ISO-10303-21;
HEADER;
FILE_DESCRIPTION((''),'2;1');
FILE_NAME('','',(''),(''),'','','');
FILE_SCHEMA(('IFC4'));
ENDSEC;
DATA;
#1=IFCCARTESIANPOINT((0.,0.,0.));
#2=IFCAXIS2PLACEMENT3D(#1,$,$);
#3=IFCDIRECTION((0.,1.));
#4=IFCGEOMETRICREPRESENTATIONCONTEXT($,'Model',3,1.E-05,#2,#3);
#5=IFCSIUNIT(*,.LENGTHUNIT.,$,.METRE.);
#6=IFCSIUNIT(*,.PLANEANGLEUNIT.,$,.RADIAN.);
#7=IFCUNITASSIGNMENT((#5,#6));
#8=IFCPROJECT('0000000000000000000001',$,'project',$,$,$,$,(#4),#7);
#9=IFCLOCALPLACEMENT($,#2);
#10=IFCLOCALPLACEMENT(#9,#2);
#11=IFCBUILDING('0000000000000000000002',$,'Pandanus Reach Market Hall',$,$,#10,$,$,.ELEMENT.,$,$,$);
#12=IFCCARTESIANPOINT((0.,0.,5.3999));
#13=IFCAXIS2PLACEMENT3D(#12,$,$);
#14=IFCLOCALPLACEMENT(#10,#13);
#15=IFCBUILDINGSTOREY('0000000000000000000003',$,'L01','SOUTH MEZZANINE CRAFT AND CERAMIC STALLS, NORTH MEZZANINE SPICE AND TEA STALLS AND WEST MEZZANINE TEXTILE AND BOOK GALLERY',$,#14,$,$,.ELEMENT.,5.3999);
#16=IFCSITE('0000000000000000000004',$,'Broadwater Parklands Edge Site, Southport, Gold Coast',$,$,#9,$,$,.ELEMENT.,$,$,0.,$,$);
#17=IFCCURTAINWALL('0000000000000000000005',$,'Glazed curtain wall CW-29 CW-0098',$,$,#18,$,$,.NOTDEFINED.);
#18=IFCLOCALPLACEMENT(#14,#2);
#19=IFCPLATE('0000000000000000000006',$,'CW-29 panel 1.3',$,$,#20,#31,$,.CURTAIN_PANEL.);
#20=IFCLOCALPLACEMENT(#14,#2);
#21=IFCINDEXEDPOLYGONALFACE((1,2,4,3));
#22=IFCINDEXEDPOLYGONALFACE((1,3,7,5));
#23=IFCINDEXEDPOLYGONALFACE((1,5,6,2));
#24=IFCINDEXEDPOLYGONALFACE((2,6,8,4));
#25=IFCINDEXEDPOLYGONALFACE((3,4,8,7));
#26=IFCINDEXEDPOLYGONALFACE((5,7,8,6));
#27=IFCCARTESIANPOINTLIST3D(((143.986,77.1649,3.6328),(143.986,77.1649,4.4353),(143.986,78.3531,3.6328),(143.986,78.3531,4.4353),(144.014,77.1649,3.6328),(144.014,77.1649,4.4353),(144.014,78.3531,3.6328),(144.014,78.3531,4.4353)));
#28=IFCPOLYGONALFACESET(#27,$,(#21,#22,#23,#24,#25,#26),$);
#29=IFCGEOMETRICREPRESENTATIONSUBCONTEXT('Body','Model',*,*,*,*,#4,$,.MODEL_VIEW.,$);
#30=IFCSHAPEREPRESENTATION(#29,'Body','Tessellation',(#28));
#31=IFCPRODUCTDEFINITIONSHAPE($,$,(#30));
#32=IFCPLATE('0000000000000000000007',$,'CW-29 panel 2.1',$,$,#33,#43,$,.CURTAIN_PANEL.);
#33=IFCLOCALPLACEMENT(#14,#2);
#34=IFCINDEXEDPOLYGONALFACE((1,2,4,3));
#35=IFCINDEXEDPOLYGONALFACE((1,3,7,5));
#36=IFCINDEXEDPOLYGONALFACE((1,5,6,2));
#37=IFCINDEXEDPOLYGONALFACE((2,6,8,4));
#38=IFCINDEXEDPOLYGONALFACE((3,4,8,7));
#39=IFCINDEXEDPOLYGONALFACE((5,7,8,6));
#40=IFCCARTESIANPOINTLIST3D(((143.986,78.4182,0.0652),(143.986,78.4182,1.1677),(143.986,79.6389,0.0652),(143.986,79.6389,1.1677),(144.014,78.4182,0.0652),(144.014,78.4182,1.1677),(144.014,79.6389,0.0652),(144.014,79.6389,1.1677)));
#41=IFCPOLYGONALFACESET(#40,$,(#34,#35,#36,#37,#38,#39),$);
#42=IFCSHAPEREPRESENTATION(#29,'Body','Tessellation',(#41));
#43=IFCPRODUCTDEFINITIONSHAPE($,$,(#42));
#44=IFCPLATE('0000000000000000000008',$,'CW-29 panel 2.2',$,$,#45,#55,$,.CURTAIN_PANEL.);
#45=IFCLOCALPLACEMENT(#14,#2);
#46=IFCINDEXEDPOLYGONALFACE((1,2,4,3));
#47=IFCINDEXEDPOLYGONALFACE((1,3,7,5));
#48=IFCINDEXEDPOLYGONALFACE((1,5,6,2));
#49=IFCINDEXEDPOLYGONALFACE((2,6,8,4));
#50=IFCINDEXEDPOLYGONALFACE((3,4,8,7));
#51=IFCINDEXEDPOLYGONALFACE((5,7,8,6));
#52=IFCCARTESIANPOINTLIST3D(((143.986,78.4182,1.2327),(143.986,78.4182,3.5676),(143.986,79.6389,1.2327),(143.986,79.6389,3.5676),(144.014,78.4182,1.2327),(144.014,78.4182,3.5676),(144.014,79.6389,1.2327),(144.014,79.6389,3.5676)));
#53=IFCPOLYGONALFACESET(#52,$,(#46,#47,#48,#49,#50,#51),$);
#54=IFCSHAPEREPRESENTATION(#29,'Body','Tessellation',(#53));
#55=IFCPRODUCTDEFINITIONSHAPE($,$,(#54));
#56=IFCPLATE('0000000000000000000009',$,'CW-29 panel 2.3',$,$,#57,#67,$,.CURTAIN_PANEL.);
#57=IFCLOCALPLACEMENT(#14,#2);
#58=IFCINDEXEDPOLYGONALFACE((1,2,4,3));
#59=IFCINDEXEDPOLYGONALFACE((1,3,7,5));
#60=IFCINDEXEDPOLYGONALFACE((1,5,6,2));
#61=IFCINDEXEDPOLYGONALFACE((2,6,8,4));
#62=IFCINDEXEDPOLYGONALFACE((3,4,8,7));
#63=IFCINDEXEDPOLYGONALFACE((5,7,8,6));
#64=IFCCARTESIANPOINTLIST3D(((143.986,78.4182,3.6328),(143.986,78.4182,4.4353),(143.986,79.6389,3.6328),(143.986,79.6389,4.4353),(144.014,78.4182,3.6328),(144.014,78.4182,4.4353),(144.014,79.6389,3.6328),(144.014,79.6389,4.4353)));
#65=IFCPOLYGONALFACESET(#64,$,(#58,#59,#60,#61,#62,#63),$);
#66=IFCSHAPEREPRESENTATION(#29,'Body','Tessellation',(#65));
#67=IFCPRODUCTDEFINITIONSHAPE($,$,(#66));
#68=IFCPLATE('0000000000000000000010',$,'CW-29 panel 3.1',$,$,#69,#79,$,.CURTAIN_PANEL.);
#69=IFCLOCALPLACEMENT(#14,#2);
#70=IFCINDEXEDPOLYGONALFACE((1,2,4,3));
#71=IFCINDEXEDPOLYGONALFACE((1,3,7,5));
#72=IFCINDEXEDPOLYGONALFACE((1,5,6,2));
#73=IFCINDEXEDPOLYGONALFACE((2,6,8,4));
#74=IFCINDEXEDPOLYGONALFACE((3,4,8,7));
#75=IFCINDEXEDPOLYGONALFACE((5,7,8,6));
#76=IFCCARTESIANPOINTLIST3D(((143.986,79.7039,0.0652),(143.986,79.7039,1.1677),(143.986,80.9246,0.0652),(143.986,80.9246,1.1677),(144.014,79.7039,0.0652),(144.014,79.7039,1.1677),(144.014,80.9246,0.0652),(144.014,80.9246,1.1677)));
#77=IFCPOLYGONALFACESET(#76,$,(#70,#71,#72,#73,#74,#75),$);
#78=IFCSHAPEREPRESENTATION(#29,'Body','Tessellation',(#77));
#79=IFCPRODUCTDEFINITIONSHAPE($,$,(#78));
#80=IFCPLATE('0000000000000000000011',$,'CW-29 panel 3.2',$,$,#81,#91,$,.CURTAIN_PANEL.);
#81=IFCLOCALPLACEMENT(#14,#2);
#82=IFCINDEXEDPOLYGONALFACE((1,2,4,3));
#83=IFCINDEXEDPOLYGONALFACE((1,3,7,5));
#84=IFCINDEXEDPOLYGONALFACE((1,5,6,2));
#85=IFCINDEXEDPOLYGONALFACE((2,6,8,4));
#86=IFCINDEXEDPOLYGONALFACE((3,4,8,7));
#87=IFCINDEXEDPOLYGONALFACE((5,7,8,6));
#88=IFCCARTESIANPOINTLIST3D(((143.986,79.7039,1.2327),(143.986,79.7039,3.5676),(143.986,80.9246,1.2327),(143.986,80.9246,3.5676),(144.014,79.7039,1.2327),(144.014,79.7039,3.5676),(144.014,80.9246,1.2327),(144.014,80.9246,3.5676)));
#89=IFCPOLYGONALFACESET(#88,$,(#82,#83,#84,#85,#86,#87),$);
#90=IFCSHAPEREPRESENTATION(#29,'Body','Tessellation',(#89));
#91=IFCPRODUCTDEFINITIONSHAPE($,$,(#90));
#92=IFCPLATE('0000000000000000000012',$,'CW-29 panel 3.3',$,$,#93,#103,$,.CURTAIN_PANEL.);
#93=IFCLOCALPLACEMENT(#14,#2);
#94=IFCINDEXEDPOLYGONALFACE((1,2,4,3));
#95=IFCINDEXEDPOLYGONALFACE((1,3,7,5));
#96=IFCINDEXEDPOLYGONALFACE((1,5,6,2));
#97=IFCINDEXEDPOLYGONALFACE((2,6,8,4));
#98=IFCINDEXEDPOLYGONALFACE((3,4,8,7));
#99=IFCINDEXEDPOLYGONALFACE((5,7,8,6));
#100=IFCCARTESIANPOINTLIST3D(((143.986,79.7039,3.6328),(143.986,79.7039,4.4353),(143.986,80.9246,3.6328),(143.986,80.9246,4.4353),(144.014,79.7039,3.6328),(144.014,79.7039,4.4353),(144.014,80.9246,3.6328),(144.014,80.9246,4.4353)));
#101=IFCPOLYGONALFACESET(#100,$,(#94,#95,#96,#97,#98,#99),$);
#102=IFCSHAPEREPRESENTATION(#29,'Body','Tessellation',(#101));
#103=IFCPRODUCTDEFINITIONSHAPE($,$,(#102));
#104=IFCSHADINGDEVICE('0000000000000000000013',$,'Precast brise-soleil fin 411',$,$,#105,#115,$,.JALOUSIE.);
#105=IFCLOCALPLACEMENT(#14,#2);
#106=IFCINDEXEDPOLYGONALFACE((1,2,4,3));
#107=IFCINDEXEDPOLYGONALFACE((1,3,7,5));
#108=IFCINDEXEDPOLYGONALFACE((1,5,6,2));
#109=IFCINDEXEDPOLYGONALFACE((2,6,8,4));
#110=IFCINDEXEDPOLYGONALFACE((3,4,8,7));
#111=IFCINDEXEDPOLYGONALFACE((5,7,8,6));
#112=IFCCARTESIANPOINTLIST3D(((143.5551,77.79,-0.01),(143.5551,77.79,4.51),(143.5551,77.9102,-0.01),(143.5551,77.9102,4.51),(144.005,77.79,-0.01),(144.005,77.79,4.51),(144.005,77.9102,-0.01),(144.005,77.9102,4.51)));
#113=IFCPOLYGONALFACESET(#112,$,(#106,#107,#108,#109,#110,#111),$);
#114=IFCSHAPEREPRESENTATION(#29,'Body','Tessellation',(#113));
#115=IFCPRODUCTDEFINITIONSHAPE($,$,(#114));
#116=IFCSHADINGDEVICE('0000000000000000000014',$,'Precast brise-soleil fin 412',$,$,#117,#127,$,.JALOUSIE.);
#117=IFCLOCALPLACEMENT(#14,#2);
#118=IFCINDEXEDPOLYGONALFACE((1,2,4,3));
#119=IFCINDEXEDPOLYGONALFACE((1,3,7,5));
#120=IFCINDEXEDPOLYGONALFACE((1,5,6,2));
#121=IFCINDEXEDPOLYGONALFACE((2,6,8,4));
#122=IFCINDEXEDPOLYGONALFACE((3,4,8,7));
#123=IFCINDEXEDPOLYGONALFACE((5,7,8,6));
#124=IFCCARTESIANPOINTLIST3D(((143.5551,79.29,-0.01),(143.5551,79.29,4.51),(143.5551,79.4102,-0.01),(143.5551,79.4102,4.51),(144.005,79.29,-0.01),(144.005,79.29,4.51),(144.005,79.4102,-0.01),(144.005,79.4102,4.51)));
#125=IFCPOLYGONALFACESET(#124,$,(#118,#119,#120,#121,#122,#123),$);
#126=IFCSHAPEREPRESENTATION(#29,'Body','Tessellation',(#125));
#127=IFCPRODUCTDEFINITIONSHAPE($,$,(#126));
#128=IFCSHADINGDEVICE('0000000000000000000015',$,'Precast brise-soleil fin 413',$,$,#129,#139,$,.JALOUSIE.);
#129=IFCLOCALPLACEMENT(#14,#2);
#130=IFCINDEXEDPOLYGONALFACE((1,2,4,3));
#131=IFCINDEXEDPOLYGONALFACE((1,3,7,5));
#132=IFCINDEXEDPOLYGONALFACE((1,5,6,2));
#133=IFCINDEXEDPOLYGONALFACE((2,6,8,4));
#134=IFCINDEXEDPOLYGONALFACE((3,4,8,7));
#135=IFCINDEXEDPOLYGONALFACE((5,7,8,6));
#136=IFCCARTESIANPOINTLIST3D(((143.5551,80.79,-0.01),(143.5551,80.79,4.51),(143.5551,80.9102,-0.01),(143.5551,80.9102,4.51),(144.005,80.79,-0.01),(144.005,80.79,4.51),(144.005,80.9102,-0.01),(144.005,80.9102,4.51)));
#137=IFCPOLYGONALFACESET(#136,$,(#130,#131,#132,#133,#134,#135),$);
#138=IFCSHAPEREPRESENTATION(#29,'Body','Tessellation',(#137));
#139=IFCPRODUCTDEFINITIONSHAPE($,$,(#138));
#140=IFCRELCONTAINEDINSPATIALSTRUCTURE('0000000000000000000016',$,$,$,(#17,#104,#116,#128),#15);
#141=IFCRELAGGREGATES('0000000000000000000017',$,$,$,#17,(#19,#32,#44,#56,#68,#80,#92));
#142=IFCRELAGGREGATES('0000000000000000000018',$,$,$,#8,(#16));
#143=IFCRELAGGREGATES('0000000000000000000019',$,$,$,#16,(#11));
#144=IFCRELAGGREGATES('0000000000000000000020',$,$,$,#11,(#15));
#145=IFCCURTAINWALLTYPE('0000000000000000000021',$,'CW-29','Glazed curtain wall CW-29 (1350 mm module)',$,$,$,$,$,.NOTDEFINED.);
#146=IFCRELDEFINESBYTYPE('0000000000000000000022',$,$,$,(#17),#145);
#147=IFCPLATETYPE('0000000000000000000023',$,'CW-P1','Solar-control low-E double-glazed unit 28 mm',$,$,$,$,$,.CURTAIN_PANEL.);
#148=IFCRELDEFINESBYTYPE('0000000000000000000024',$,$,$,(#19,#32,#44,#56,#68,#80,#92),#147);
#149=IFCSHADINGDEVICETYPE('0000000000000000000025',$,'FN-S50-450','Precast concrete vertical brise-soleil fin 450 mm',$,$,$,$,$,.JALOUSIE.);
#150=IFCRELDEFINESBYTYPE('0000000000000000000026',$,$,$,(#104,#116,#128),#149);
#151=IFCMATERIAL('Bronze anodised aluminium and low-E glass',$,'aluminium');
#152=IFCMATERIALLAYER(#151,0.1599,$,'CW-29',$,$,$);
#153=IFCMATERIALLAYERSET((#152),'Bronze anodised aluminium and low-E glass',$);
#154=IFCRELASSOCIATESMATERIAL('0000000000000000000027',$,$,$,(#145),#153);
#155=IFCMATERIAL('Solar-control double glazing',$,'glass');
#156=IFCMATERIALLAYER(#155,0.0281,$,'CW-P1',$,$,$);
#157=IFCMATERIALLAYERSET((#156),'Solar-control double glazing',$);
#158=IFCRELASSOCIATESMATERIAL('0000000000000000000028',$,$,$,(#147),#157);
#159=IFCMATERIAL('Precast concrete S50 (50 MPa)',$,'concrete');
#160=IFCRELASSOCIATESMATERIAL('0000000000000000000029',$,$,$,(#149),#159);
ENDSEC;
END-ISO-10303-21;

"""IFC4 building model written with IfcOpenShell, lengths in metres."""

from ifc_helpers import new_model, si_unit, direction, frame, origin, origin_2d, place, context, subcontext, project, spatial, rectangle, extrude, material, layer, layer_set, type_object, element, aggregate, save


model = new_model("IFC4")

# Units and contexts
model_context = context("Model", 3, precision=1e-05, world=origin(), true_north=direction((0.0, 1.0)))
body_context = subcontext(model_context, "Body", "Model", "MODEL_VIEW")
ifc_project = project(units=[si_unit("LENGTHUNIT", "METRE"), si_unit("PLANEANGLEUNIT", "RADIAN")], contexts=[model_context])

# Site, building, storey
site_placement = place(None, origin())
site = spatial("IfcSite", under=ifc_project, at=site_placement, Name="Broadwater Parklands Edge Site, Southport, Gold Coast", CompositionType="ELEMENT", RefElevation=0.0)
building_placement = place(site_placement, origin())
building = spatial("IfcBuilding", under=site, at=building_placement, Name="Pandanus Reach Market Hall", CompositionType="ELEMENT")
storey_placement = place(building_placement, frame((0.0, 0.0, 5.3999)))
storey = spatial("IfcBuildingStorey", under=building, at=storey_placement, Name="L01", Description="SOUTH MEZZANINE CRAFT AND CERAMIC STALLS, NORTH MEZZANINE SPICE AND TEA STALLS AND WEST MEZZANINE TEXTILE AND BOOK GALLERY", CompositionType="ELEMENT", Elevation=5.3999)

# Curtain wall, plates
ifc_material_1 = material(Name="Bronze anodised aluminium and low-E glass", Category="aluminium")
ifc_layer_1 = layer(ifc_material_1, 0.1599, Name="CW-29")
ifc_layer_set_1 = layer_set([ifc_layer_1], Name="Bronze anodised aluminium and low-E glass")
curtain_wall_type = type_object("IfcCurtainWallType", Name="CW-29", Description="Glazed curtain wall CW-29 (1350 mm module)", PredefinedType="NOTDEFINED", material=ifc_layer_set_1)
curtain_wall_placement = place(storey_placement, origin())
curtain_wall = element("IfcCurtainWall", 1, at=curtain_wall_placement, inside=storey, type_object=curtain_wall_type, Name="Glazed curtain wall CW-29 CW-0098", PredefinedType="NOTDEFINED")
ifc_material_2 = material(Name="Solar-control double glazing", Category="glass")
ifc_layer_2 = layer(ifc_material_2, 0.0281, Name="CW-P1")
ifc_layer_set_2 = layer_set([ifc_layer_2], Name="Solar-control double glazing")
plate_type = type_object("IfcPlateType", Name="CW-P1", Description="Solar-control low-E double-glazed unit 28 mm", PredefinedType="CURTAIN_PANEL", material=ifc_layer_set_2)
plate_1_placement = place(storey_placement, frame((144.0, 77.759, 3.6328), z_axis=(0.0, 0.0, 1.0), x_axis=(0.0, 1.0, 0.0)))
plate_1 = element("IfcPlate", 2, at=plate_1_placement, type_object=plate_type, Name="CW-29 panel 1.3", PredefinedType="CURTAIN_PANEL", context=body_context, shape_type="SweptSolid", body=[
    extrude(rectangle(XDim=1.1882, YDim=0.0281, at=origin_2d()), origin(), (0.0, 0.0, 1.0), 0.8025),
])
plate_2_placement = place(storey_placement, frame((144.0, 79.0286, 0.0652), z_axis=(0.0, 0.0, 1.0), x_axis=(0.0, 1.0, 0.0)))
plate_2 = element("IfcPlate", 3, at=plate_2_placement, type_object=plate_type, Name="CW-29 panel 2.1", PredefinedType="CURTAIN_PANEL", context=body_context, shape_type="SweptSolid", body=[
    extrude(rectangle(XDim=1.2207, YDim=0.0281, at=origin_2d()), origin(), (0.0, 0.0, 1.0), 1.1025),
])
plate_3_placement = place(storey_placement, frame((144.0, 79.0286, 1.2327), z_axis=(0.0, 0.0, 1.0), x_axis=(0.0, 1.0, 0.0)))
plate_3 = element("IfcPlate", 4, at=plate_3_placement, type_object=plate_type, Name="CW-29 panel 2.2", PredefinedType="CURTAIN_PANEL", context=body_context, shape_type="SweptSolid", body=[
    extrude(rectangle(XDim=1.2207, YDim=0.0281, at=origin_2d()), origin(), (0.0, 0.0, 1.0), 2.335),
])
plate_4_placement = place(storey_placement, frame((144.0, 79.0286, 3.6328), z_axis=(0.0, 0.0, 1.0), x_axis=(0.0, 1.0, 0.0)))
plate_4 = element("IfcPlate", 5, at=plate_4_placement, type_object=plate_type, Name="CW-29 panel 2.3", PredefinedType="CURTAIN_PANEL", context=body_context, shape_type="SweptSolid", body=[
    extrude(rectangle(XDim=1.2207, YDim=0.0281, at=origin_2d()), origin(), (0.0, 0.0, 1.0), 0.8025),
])
plate_5_placement = place(storey_placement, frame((144.0, 80.3142, 0.0652), z_axis=(0.0, 0.0, 1.0), x_axis=(0.0, 1.0, 0.0)))
plate_5 = element("IfcPlate", 6, at=plate_5_placement, type_object=plate_type, Name="CW-29 panel 3.1", PredefinedType="CURTAIN_PANEL", context=body_context, shape_type="SweptSolid", body=[
    extrude(rectangle(XDim=1.2207, YDim=0.0281, at=origin_2d()), origin(), (0.0, 0.0, 1.0), 1.1025),
])
plate_6_placement = place(storey_placement, frame((144.0, 80.3142, 1.2327), z_axis=(0.0, 0.0, 1.0), x_axis=(0.0, 1.0, 0.0)))
plate_6 = element("IfcPlate", 7, at=plate_6_placement, type_object=plate_type, Name="CW-29 panel 3.2", PredefinedType="CURTAIN_PANEL", context=body_context, shape_type="SweptSolid", body=[
    extrude(rectangle(XDim=1.2207, YDim=0.0281, at=origin_2d()), origin(), (0.0, 0.0, 1.0), 2.335),
])
plate_7_placement = place(storey_placement, frame((144.0, 80.3142, 3.6328), z_axis=(0.0, 0.0, 1.0), x_axis=(0.0, 1.0, 0.0)))
plate_7 = element("IfcPlate", 8, at=plate_7_placement, type_object=plate_type, Name="CW-29 panel 3.3", PredefinedType="CURTAIN_PANEL", context=body_context, shape_type="SweptSolid", body=[
    extrude(rectangle(XDim=1.2207, YDim=0.0281, at=origin_2d()), origin(), (0.0, 0.0, 1.0), 0.8025),
])
aggregate(curtain_wall, [plate_1, plate_2, plate_3, plate_4, plate_5, plate_6, plate_7])

# Shading devices
ifc_material_3 = material(Name="Precast concrete S50 (50 MPa)", Category="concrete")
shading_device_type = type_object("IfcShadingDeviceType", Name="FN-S50-450", Description="Precast concrete vertical brise-soleil fin 450 mm", PredefinedType="JALOUSIE", material=ifc_material_3)
for number, where, z_axis, x_axis, name in (
    (9, (143.78, 77.8501, -0.01), (0.0, 0.0, 1.0), (-1.0, 0.0, 0.0), "Precast brise-soleil fin 411"),
    (10, (143.78, 79.3501, -0.01), (0.0, 0.0, 1.0), (-1.0, 0.0, 0.0), "Precast brise-soleil fin 412"),
    (11, (143.78, 80.8501, -0.01), (0.0, 0.0, 1.0), (-1.0, 0.0, 0.0), "Precast brise-soleil fin 413"),
):
    element("IfcShadingDevice", number, at=place(storey_placement, frame(where, z_axis=z_axis, x_axis=x_axis)), inside=storey, type_object=shading_device_type, Name=name, PredefinedType="JALOUSIE", context=body_context, shape_type="SweptSolid", body=[
        extrude(rectangle(XDim=0.45, YDim=0.1201, at=origin_2d()), origin(), (0.0, 0.0, 1.0), 4.52),
    ])

save(model, "model.ifc")
